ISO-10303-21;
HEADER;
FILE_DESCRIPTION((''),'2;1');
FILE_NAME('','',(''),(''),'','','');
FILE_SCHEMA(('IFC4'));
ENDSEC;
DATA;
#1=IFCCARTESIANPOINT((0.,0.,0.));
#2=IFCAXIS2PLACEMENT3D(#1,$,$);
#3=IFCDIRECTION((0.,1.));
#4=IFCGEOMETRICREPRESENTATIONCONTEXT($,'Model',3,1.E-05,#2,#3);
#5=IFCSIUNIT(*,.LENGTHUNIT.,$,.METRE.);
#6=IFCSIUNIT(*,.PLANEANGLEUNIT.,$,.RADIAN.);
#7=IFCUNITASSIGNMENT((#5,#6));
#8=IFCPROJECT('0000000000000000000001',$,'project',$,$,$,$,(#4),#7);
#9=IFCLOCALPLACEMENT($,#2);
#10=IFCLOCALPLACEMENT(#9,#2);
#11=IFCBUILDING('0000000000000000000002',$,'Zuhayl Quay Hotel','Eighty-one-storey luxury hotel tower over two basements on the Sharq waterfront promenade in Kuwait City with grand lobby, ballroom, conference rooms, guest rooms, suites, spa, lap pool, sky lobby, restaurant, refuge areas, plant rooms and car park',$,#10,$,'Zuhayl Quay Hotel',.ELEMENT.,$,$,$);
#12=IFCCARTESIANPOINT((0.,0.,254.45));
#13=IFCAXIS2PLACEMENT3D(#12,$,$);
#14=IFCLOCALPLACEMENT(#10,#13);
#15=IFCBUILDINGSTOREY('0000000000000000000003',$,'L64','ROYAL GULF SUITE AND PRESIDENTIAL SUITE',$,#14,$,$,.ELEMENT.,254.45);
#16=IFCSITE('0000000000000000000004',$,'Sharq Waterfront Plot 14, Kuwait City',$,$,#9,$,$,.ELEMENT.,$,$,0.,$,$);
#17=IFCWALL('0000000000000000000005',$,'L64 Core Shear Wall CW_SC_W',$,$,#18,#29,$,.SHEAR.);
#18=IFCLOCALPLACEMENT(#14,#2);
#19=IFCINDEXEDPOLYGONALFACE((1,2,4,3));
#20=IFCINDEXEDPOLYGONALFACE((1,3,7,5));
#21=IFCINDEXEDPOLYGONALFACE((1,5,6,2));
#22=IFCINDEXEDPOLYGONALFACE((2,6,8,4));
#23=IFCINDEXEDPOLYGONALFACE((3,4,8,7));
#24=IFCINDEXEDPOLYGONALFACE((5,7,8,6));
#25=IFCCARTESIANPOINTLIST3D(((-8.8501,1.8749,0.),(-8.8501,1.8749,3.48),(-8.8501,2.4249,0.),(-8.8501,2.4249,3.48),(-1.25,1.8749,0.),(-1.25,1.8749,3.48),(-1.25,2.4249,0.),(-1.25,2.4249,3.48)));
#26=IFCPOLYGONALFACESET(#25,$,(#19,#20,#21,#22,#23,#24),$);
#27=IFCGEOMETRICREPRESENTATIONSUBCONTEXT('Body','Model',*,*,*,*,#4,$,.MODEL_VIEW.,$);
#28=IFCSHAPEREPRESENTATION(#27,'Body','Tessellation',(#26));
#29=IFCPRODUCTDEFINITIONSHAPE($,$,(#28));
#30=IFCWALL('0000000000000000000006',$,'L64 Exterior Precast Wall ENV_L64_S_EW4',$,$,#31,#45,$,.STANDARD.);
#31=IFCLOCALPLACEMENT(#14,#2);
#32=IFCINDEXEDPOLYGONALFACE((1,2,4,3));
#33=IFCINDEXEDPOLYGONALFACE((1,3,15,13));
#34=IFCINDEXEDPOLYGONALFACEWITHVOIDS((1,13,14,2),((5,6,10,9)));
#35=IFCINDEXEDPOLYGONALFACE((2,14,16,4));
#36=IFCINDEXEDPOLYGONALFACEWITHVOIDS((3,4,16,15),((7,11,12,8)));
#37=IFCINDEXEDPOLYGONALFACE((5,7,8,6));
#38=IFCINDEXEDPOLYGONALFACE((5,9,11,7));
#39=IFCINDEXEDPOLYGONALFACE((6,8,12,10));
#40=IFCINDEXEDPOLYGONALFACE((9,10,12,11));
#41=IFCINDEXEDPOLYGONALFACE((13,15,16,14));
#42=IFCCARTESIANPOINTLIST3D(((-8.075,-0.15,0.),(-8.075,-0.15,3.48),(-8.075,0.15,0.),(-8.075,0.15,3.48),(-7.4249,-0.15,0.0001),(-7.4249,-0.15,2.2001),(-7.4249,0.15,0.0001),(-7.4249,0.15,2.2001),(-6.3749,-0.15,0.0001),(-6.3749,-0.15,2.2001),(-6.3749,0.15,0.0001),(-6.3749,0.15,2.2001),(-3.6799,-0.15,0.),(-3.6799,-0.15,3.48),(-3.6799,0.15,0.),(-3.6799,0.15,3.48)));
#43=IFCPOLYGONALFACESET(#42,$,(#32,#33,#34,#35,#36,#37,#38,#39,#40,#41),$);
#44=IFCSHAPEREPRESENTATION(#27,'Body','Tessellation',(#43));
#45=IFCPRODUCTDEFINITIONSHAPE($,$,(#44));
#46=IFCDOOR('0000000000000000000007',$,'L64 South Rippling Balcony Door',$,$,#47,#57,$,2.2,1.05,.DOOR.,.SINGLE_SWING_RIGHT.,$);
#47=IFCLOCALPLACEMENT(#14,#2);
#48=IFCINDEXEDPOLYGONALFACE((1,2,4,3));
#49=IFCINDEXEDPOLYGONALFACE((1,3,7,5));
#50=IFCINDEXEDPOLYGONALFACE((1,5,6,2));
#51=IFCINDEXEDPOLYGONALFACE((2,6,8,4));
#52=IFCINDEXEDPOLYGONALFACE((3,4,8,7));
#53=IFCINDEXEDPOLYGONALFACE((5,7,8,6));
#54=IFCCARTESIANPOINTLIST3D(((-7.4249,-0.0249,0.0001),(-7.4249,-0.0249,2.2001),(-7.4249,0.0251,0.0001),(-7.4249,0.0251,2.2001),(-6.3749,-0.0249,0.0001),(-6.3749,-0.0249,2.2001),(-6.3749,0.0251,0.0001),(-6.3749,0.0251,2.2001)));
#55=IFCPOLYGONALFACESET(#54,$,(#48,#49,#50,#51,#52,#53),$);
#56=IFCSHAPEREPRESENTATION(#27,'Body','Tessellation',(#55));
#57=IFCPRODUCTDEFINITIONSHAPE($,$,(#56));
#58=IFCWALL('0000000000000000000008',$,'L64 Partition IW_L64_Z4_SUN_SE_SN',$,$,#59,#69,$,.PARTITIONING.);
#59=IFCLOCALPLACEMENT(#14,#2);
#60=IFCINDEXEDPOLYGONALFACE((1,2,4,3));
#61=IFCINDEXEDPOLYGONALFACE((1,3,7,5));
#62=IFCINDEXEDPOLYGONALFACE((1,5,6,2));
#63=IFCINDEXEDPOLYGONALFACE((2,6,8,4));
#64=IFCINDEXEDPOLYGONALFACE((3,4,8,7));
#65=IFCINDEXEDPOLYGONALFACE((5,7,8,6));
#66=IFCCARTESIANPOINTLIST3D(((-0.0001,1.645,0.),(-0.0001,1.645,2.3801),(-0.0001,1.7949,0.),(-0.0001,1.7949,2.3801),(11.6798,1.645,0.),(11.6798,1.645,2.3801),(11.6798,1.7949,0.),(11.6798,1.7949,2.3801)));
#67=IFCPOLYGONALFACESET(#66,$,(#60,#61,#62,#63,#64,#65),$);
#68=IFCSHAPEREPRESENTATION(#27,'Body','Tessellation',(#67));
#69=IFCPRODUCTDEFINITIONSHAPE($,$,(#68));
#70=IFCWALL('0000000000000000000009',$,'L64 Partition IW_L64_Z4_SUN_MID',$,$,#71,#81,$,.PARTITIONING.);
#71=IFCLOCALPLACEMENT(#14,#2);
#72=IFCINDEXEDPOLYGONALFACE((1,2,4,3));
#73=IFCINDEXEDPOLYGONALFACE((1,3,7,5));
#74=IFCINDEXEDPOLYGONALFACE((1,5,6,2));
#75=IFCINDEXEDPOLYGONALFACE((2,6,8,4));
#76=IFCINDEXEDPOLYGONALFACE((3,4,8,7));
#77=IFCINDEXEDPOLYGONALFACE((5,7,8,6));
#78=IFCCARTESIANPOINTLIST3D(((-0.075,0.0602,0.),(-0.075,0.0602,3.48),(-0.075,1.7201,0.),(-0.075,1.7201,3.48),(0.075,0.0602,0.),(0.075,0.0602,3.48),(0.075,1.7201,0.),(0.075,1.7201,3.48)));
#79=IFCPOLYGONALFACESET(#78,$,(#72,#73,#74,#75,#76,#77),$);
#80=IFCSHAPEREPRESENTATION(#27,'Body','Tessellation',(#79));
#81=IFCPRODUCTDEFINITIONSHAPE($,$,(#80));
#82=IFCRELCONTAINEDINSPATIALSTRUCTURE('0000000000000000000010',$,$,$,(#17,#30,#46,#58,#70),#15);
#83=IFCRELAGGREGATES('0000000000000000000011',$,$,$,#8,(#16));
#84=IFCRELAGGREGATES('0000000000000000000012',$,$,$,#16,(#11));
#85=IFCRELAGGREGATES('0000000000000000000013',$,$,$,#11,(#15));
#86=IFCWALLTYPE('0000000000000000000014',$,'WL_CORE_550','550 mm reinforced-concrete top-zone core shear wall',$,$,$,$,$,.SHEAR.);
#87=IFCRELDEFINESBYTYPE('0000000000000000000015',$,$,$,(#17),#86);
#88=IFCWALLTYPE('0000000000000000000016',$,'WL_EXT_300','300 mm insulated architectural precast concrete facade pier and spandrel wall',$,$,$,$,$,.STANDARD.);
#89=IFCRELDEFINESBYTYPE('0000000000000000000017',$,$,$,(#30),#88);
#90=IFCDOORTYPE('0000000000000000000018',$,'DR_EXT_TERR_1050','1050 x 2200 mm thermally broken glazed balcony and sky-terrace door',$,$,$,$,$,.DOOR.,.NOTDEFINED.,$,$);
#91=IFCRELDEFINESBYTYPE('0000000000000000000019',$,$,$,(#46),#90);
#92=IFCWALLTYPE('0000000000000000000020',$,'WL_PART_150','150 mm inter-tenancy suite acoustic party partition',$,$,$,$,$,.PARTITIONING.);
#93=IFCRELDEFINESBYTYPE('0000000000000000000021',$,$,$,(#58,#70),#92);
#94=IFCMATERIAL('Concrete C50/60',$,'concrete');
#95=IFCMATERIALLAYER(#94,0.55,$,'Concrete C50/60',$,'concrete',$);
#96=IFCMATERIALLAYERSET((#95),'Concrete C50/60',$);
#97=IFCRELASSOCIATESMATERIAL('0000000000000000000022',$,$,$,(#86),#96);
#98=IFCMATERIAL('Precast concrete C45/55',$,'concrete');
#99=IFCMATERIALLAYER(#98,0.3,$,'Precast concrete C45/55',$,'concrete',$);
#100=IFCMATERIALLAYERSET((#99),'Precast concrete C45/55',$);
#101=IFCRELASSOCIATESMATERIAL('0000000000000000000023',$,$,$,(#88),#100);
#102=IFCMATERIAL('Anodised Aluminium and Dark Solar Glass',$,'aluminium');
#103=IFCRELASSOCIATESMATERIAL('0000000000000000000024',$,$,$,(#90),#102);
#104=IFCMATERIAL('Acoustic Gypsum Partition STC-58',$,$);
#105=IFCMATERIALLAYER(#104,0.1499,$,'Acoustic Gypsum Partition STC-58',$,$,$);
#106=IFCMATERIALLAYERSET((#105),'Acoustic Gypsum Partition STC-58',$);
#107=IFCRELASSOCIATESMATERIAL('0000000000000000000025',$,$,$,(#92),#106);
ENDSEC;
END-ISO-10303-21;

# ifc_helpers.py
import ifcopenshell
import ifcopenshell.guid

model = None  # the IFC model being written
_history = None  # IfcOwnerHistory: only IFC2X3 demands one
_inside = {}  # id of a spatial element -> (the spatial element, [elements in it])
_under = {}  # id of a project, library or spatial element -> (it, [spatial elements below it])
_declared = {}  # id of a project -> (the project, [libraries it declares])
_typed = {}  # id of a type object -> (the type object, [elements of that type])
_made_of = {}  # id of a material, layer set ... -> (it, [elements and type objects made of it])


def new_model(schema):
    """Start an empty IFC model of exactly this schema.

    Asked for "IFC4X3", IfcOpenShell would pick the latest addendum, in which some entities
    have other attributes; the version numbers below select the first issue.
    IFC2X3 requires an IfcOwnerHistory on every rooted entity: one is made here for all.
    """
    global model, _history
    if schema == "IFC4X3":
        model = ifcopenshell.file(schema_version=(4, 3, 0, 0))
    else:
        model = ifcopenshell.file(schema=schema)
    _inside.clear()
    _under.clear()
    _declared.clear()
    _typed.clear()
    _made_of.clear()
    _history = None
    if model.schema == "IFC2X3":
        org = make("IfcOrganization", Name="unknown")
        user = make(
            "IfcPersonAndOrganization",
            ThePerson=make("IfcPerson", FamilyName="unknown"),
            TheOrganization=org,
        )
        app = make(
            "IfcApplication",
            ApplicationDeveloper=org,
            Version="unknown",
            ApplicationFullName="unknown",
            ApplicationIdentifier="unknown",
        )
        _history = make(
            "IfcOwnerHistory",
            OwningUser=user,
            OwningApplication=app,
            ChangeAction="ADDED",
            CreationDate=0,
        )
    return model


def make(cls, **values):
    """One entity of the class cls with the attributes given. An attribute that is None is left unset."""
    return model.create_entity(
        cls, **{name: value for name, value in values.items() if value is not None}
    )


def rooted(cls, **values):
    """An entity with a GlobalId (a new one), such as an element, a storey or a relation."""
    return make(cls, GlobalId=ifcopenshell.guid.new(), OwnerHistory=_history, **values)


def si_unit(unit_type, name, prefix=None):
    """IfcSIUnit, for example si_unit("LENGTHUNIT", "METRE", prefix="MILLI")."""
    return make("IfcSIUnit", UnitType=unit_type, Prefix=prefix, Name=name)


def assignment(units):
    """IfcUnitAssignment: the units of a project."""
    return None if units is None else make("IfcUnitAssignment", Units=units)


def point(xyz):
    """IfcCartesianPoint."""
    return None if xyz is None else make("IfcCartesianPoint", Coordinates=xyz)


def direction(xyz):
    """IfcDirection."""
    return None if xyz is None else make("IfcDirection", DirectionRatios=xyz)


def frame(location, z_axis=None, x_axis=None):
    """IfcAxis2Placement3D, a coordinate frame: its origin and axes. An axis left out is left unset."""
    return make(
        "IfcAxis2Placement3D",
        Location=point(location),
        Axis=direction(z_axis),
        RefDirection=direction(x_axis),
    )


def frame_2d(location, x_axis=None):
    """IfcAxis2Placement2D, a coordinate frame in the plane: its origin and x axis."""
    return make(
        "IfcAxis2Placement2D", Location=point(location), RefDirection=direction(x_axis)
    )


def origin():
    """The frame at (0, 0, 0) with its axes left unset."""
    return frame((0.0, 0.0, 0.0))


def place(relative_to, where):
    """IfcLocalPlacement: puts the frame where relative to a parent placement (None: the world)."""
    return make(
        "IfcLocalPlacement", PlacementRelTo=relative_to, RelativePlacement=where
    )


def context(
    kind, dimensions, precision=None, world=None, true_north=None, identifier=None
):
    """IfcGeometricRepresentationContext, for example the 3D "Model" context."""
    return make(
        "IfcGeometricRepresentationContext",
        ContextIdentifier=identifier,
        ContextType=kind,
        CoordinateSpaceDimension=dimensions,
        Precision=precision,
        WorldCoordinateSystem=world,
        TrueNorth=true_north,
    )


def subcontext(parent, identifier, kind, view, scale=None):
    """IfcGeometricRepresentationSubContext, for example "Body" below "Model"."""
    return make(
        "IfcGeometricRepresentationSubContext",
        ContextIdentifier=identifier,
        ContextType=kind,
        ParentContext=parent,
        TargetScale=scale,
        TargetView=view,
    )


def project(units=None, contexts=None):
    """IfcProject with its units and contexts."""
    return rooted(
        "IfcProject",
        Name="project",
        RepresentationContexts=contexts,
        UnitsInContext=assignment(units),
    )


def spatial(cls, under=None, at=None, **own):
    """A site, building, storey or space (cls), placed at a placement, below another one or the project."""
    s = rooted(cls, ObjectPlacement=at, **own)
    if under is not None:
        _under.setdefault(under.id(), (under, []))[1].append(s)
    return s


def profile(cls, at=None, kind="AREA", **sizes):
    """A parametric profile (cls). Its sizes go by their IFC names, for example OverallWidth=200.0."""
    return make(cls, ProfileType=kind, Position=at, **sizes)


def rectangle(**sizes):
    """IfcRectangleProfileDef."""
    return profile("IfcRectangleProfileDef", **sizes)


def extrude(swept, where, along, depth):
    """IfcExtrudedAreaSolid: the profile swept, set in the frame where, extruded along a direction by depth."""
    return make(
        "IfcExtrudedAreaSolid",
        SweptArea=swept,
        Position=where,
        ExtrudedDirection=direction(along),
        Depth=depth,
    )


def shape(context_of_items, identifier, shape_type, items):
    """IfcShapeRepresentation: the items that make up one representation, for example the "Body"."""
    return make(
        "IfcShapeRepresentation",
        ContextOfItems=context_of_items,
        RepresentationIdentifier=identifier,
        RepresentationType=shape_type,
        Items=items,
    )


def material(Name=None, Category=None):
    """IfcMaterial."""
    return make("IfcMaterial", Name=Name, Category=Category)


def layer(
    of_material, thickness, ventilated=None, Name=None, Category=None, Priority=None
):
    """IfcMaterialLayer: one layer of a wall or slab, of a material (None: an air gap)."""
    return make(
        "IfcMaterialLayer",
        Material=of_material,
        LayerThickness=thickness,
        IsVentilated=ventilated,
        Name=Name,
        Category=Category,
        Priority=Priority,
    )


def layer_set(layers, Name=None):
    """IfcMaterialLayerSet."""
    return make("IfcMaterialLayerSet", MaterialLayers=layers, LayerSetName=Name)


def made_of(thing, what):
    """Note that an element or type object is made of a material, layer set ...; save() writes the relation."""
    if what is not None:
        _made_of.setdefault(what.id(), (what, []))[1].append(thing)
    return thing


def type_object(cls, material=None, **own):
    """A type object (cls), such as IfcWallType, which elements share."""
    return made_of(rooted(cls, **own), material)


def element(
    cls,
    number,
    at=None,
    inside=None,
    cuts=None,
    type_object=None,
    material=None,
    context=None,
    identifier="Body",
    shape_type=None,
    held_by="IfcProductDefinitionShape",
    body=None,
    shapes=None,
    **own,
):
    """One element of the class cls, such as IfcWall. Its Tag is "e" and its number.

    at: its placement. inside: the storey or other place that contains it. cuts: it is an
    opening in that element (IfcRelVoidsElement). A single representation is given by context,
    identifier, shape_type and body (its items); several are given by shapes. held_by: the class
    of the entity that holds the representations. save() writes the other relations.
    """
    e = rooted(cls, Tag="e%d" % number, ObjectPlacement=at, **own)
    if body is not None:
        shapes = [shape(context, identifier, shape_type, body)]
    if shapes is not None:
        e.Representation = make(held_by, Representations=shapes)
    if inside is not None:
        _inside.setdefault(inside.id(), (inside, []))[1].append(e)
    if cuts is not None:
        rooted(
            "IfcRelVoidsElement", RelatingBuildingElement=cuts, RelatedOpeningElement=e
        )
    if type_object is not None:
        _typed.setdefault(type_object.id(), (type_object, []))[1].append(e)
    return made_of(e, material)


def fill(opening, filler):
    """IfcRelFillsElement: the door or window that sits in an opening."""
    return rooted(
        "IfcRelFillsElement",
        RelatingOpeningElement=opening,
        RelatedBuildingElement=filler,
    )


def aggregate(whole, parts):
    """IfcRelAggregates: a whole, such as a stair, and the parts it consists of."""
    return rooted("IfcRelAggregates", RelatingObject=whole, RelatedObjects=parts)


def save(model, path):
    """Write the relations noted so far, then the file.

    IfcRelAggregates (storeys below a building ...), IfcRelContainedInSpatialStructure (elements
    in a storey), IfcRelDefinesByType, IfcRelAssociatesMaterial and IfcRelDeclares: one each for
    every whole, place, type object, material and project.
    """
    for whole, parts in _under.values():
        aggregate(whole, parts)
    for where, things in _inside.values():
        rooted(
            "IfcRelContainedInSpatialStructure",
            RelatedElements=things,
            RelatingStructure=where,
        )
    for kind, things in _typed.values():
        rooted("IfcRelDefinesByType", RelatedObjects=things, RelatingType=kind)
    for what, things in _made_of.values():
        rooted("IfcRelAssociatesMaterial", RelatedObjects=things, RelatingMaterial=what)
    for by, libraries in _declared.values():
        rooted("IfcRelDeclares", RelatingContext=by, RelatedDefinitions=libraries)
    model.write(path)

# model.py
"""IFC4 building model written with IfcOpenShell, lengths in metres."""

from ifc_helpers import new_model, si_unit, direction, frame, frame_2d, origin, place, context, subcontext, project, spatial, rectangle, extrude, material, layer, layer_set, type_object, element, fill, save


model = new_model("IFC4")

# Units and contexts
model_context = context("Model", 3, precision=1e-05, world=origin(), true_north=direction((0.0, 1.0)))
body_context = subcontext(model_context, "Body", "Model", "MODEL_VIEW")
ifc_project = project(units=[si_unit("LENGTHUNIT", "METRE"), si_unit("PLANEANGLEUNIT", "RADIAN")], contexts=[model_context])

# Site, building, storey
site_placement = place(None, origin())
site = spatial("IfcSite", under=ifc_project, at=site_placement, Name="Sharq Waterfront Plot 14, Kuwait City", CompositionType="ELEMENT", RefElevation=0.0)
building_placement = place(site_placement, origin())
building = spatial("IfcBuilding", under=site, at=building_placement, Name="Zuhayl Quay Hotel", Description="Eighty-one-storey luxury hotel tower over two basements on the Sharq waterfront promenade in Kuwait City with grand lobby, ballroom, conference rooms, guest rooms, suites, spa, lap pool, sky lobby, restaurant, refuge areas, plant rooms and car park", LongName="Zuhayl Quay Hotel", CompositionType="ELEMENT")
storey_placement = place(building_placement, frame((0.0, 0.0, 254.45)))
storey = spatial("IfcBuildingStorey", under=building, at=storey_placement, Name="L64", Description="ROYAL GULF SUITE AND PRESIDENTIAL SUITE", CompositionType="ELEMENT", Elevation=254.45)

# Wall
ifc_material_1 = material(Name="Concrete C50/60", Category="concrete")
ifc_layer_1 = layer(ifc_material_1, 0.55, Name="Concrete C50/60", Category="concrete")
ifc_layer_set_1 = layer_set([ifc_layer_1], Name="Concrete C50/60")
wall_type_1 = type_object("IfcWallType", Name="WL_CORE_550", Description="550 mm reinforced-concrete top-zone core shear wall", PredefinedType="SHEAR", material=ifc_layer_set_1)
wall_1_placement = place(storey_placement, frame((-8.8501, 2.1499, 0.0), z_axis=(0.0, 0.0, 1.0), x_axis=(1.0, 0.0, 0.0)))
element("IfcWall", 1, at=wall_1_placement, inside=storey, type_object=wall_type_1, Name="L64 Core Shear Wall CW_SC_W", PredefinedType="SHEAR", context=body_context, shape_type="SweptSolid", body=[
    extrude(rectangle(XDim=7.6001, YDim=0.55, at=frame_2d((3.8, 0.0))), origin(), (0.0, 0.0, 1.0), 3.48),
])

# Wall, opening, door
ifc_material_2 = material(Name="Precast concrete C45/55", Category="concrete")
ifc_layer_2 = layer(ifc_material_2, 0.3, Name="Precast concrete C45/55", Category="concrete")
ifc_layer_set_2 = layer_set([ifc_layer_2], Name="Precast concrete C45/55")
wall_type_2 = type_object("IfcWallType", Name="WL_EXT_300", Description="300 mm insulated architectural precast concrete facade pier and spandrel wall", PredefinedType="STANDARD", material=ifc_layer_set_2)
wall_2_placement = place(storey_placement, frame((-3.6799, 0.0, 0.0), z_axis=(0.0, 0.0, 1.0), x_axis=(-1.0, 0.0, 0.0)))
wall_2 = element("IfcWall", 2, at=wall_2_placement, inside=storey, type_object=wall_type_2, Name="L64 Exterior Precast Wall ENV_L64_S_EW4", PredefinedType="STANDARD", context=body_context, shape_type="SweptSolid", body=[
    extrude(rectangle(XDim=4.395, YDim=0.3, at=frame_2d((2.1975, 0.0))), origin(), (0.0, 0.0, 1.0), 3.48),
])
opening_placement = place(wall_2_placement, frame((2.6951, 0.0, 0.0)))
opening = element("IfcOpeningElement", 3, at=opening_placement, cuts=wall_2, PredefinedType="OPENING", context=body_context, shape_type="SweptSolid", body=[
    extrude(rectangle(XDim=1.05, YDim=2.2, at=frame_2d((0.5249, 1.1001))), frame((0.0, 0.1599, 0.0), z_axis=(0.0, -1.0, 0.0), x_axis=(1.0, 0.0, 0.0)), (0.0, 0.0, 1.0), 0.3201),
])
ifc_material_3 = material(Name="Anodised Aluminium and Dark Solar Glass", Category="aluminium")
door_type = type_object("IfcDoorType", Name="DR_EXT_TERR_1050", Description="1050 x 2200 mm thermally broken glazed balcony and sky-terrace door", OperationType="NOTDEFINED", PredefinedType="DOOR", material=ifc_material_3)
door_placement = place(opening_placement, origin())
door = element("IfcDoor", 4, at=door_placement, inside=storey, type_object=door_type, Name="L64 South Rippling Balcony Door", OperationType="SINGLE_SWING_RIGHT", OverallHeight=2.2, OverallWidth=1.05, PredefinedType="DOOR", context=body_context, shape_type="SweptSolid", body=[
    extrude(rectangle(XDim=1.05, YDim=2.2, at=frame_2d((0.5249, 1.1001))), frame((0.0, 0.0249, 0.0), z_axis=(0.0, -1.0, 0.0), x_axis=(1.0, 0.0, 0.0)), (0.0, 0.0, 1.0), 0.05),
])
fill(opening, door)

# Walls
ifc_material_4 = material(Name="Acoustic Gypsum Partition STC-58")
ifc_layer_3 = layer(ifc_material_4, 0.1499, Name="Acoustic Gypsum Partition STC-58")
ifc_layer_set_3 = layer_set([ifc_layer_3], Name="Acoustic Gypsum Partition STC-58")
wall_type_3 = type_object("IfcWallType", Name="WL_PART_150", Description="150 mm inter-tenancy suite acoustic party partition", PredefinedType="PARTITIONING", material=ifc_layer_set_3)
wall_3_placement = place(storey_placement, frame((0.0, 1.72, 0.0), z_axis=(0.0, 0.0, 1.0), x_axis=(1.0, 0.0, 0.0)))
element("IfcWall", 5, at=wall_3_placement, inside=storey, type_object=wall_type_3, Name="L64 Partition IW_L64_Z4_SUN_SE_SN", PredefinedType="PARTITIONING", context=body_context, shape_type="SweptSolid", body=[
    extrude(rectangle(XDim=11.6799, YDim=0.1499, at=frame_2d((5.8398, 0.0))), origin(), (0.0, 0.0, 1.0), 2.3801),
])
wall_4_placement = place(storey_placement, frame((0.0, 0.0601, 0.0), z_axis=(0.0, 0.0, 1.0), x_axis=(0.0, 1.0, 0.0)))
element("IfcWall", 6, at=wall_4_placement, inside=storey, type_object=wall_type_3, Name="L64 Partition IW_L64_Z4_SUN_MID", PredefinedType="PARTITIONING", context=body_context, shape_type="SweptSolid", body=[
    extrude(rectangle(XDim=1.6599, YDim=0.1499, at=frame_2d((0.8301, 0.0))), origin(), (0.0, 0.0, 1.0), 3.48),
])

save(model, "model.ifc")
